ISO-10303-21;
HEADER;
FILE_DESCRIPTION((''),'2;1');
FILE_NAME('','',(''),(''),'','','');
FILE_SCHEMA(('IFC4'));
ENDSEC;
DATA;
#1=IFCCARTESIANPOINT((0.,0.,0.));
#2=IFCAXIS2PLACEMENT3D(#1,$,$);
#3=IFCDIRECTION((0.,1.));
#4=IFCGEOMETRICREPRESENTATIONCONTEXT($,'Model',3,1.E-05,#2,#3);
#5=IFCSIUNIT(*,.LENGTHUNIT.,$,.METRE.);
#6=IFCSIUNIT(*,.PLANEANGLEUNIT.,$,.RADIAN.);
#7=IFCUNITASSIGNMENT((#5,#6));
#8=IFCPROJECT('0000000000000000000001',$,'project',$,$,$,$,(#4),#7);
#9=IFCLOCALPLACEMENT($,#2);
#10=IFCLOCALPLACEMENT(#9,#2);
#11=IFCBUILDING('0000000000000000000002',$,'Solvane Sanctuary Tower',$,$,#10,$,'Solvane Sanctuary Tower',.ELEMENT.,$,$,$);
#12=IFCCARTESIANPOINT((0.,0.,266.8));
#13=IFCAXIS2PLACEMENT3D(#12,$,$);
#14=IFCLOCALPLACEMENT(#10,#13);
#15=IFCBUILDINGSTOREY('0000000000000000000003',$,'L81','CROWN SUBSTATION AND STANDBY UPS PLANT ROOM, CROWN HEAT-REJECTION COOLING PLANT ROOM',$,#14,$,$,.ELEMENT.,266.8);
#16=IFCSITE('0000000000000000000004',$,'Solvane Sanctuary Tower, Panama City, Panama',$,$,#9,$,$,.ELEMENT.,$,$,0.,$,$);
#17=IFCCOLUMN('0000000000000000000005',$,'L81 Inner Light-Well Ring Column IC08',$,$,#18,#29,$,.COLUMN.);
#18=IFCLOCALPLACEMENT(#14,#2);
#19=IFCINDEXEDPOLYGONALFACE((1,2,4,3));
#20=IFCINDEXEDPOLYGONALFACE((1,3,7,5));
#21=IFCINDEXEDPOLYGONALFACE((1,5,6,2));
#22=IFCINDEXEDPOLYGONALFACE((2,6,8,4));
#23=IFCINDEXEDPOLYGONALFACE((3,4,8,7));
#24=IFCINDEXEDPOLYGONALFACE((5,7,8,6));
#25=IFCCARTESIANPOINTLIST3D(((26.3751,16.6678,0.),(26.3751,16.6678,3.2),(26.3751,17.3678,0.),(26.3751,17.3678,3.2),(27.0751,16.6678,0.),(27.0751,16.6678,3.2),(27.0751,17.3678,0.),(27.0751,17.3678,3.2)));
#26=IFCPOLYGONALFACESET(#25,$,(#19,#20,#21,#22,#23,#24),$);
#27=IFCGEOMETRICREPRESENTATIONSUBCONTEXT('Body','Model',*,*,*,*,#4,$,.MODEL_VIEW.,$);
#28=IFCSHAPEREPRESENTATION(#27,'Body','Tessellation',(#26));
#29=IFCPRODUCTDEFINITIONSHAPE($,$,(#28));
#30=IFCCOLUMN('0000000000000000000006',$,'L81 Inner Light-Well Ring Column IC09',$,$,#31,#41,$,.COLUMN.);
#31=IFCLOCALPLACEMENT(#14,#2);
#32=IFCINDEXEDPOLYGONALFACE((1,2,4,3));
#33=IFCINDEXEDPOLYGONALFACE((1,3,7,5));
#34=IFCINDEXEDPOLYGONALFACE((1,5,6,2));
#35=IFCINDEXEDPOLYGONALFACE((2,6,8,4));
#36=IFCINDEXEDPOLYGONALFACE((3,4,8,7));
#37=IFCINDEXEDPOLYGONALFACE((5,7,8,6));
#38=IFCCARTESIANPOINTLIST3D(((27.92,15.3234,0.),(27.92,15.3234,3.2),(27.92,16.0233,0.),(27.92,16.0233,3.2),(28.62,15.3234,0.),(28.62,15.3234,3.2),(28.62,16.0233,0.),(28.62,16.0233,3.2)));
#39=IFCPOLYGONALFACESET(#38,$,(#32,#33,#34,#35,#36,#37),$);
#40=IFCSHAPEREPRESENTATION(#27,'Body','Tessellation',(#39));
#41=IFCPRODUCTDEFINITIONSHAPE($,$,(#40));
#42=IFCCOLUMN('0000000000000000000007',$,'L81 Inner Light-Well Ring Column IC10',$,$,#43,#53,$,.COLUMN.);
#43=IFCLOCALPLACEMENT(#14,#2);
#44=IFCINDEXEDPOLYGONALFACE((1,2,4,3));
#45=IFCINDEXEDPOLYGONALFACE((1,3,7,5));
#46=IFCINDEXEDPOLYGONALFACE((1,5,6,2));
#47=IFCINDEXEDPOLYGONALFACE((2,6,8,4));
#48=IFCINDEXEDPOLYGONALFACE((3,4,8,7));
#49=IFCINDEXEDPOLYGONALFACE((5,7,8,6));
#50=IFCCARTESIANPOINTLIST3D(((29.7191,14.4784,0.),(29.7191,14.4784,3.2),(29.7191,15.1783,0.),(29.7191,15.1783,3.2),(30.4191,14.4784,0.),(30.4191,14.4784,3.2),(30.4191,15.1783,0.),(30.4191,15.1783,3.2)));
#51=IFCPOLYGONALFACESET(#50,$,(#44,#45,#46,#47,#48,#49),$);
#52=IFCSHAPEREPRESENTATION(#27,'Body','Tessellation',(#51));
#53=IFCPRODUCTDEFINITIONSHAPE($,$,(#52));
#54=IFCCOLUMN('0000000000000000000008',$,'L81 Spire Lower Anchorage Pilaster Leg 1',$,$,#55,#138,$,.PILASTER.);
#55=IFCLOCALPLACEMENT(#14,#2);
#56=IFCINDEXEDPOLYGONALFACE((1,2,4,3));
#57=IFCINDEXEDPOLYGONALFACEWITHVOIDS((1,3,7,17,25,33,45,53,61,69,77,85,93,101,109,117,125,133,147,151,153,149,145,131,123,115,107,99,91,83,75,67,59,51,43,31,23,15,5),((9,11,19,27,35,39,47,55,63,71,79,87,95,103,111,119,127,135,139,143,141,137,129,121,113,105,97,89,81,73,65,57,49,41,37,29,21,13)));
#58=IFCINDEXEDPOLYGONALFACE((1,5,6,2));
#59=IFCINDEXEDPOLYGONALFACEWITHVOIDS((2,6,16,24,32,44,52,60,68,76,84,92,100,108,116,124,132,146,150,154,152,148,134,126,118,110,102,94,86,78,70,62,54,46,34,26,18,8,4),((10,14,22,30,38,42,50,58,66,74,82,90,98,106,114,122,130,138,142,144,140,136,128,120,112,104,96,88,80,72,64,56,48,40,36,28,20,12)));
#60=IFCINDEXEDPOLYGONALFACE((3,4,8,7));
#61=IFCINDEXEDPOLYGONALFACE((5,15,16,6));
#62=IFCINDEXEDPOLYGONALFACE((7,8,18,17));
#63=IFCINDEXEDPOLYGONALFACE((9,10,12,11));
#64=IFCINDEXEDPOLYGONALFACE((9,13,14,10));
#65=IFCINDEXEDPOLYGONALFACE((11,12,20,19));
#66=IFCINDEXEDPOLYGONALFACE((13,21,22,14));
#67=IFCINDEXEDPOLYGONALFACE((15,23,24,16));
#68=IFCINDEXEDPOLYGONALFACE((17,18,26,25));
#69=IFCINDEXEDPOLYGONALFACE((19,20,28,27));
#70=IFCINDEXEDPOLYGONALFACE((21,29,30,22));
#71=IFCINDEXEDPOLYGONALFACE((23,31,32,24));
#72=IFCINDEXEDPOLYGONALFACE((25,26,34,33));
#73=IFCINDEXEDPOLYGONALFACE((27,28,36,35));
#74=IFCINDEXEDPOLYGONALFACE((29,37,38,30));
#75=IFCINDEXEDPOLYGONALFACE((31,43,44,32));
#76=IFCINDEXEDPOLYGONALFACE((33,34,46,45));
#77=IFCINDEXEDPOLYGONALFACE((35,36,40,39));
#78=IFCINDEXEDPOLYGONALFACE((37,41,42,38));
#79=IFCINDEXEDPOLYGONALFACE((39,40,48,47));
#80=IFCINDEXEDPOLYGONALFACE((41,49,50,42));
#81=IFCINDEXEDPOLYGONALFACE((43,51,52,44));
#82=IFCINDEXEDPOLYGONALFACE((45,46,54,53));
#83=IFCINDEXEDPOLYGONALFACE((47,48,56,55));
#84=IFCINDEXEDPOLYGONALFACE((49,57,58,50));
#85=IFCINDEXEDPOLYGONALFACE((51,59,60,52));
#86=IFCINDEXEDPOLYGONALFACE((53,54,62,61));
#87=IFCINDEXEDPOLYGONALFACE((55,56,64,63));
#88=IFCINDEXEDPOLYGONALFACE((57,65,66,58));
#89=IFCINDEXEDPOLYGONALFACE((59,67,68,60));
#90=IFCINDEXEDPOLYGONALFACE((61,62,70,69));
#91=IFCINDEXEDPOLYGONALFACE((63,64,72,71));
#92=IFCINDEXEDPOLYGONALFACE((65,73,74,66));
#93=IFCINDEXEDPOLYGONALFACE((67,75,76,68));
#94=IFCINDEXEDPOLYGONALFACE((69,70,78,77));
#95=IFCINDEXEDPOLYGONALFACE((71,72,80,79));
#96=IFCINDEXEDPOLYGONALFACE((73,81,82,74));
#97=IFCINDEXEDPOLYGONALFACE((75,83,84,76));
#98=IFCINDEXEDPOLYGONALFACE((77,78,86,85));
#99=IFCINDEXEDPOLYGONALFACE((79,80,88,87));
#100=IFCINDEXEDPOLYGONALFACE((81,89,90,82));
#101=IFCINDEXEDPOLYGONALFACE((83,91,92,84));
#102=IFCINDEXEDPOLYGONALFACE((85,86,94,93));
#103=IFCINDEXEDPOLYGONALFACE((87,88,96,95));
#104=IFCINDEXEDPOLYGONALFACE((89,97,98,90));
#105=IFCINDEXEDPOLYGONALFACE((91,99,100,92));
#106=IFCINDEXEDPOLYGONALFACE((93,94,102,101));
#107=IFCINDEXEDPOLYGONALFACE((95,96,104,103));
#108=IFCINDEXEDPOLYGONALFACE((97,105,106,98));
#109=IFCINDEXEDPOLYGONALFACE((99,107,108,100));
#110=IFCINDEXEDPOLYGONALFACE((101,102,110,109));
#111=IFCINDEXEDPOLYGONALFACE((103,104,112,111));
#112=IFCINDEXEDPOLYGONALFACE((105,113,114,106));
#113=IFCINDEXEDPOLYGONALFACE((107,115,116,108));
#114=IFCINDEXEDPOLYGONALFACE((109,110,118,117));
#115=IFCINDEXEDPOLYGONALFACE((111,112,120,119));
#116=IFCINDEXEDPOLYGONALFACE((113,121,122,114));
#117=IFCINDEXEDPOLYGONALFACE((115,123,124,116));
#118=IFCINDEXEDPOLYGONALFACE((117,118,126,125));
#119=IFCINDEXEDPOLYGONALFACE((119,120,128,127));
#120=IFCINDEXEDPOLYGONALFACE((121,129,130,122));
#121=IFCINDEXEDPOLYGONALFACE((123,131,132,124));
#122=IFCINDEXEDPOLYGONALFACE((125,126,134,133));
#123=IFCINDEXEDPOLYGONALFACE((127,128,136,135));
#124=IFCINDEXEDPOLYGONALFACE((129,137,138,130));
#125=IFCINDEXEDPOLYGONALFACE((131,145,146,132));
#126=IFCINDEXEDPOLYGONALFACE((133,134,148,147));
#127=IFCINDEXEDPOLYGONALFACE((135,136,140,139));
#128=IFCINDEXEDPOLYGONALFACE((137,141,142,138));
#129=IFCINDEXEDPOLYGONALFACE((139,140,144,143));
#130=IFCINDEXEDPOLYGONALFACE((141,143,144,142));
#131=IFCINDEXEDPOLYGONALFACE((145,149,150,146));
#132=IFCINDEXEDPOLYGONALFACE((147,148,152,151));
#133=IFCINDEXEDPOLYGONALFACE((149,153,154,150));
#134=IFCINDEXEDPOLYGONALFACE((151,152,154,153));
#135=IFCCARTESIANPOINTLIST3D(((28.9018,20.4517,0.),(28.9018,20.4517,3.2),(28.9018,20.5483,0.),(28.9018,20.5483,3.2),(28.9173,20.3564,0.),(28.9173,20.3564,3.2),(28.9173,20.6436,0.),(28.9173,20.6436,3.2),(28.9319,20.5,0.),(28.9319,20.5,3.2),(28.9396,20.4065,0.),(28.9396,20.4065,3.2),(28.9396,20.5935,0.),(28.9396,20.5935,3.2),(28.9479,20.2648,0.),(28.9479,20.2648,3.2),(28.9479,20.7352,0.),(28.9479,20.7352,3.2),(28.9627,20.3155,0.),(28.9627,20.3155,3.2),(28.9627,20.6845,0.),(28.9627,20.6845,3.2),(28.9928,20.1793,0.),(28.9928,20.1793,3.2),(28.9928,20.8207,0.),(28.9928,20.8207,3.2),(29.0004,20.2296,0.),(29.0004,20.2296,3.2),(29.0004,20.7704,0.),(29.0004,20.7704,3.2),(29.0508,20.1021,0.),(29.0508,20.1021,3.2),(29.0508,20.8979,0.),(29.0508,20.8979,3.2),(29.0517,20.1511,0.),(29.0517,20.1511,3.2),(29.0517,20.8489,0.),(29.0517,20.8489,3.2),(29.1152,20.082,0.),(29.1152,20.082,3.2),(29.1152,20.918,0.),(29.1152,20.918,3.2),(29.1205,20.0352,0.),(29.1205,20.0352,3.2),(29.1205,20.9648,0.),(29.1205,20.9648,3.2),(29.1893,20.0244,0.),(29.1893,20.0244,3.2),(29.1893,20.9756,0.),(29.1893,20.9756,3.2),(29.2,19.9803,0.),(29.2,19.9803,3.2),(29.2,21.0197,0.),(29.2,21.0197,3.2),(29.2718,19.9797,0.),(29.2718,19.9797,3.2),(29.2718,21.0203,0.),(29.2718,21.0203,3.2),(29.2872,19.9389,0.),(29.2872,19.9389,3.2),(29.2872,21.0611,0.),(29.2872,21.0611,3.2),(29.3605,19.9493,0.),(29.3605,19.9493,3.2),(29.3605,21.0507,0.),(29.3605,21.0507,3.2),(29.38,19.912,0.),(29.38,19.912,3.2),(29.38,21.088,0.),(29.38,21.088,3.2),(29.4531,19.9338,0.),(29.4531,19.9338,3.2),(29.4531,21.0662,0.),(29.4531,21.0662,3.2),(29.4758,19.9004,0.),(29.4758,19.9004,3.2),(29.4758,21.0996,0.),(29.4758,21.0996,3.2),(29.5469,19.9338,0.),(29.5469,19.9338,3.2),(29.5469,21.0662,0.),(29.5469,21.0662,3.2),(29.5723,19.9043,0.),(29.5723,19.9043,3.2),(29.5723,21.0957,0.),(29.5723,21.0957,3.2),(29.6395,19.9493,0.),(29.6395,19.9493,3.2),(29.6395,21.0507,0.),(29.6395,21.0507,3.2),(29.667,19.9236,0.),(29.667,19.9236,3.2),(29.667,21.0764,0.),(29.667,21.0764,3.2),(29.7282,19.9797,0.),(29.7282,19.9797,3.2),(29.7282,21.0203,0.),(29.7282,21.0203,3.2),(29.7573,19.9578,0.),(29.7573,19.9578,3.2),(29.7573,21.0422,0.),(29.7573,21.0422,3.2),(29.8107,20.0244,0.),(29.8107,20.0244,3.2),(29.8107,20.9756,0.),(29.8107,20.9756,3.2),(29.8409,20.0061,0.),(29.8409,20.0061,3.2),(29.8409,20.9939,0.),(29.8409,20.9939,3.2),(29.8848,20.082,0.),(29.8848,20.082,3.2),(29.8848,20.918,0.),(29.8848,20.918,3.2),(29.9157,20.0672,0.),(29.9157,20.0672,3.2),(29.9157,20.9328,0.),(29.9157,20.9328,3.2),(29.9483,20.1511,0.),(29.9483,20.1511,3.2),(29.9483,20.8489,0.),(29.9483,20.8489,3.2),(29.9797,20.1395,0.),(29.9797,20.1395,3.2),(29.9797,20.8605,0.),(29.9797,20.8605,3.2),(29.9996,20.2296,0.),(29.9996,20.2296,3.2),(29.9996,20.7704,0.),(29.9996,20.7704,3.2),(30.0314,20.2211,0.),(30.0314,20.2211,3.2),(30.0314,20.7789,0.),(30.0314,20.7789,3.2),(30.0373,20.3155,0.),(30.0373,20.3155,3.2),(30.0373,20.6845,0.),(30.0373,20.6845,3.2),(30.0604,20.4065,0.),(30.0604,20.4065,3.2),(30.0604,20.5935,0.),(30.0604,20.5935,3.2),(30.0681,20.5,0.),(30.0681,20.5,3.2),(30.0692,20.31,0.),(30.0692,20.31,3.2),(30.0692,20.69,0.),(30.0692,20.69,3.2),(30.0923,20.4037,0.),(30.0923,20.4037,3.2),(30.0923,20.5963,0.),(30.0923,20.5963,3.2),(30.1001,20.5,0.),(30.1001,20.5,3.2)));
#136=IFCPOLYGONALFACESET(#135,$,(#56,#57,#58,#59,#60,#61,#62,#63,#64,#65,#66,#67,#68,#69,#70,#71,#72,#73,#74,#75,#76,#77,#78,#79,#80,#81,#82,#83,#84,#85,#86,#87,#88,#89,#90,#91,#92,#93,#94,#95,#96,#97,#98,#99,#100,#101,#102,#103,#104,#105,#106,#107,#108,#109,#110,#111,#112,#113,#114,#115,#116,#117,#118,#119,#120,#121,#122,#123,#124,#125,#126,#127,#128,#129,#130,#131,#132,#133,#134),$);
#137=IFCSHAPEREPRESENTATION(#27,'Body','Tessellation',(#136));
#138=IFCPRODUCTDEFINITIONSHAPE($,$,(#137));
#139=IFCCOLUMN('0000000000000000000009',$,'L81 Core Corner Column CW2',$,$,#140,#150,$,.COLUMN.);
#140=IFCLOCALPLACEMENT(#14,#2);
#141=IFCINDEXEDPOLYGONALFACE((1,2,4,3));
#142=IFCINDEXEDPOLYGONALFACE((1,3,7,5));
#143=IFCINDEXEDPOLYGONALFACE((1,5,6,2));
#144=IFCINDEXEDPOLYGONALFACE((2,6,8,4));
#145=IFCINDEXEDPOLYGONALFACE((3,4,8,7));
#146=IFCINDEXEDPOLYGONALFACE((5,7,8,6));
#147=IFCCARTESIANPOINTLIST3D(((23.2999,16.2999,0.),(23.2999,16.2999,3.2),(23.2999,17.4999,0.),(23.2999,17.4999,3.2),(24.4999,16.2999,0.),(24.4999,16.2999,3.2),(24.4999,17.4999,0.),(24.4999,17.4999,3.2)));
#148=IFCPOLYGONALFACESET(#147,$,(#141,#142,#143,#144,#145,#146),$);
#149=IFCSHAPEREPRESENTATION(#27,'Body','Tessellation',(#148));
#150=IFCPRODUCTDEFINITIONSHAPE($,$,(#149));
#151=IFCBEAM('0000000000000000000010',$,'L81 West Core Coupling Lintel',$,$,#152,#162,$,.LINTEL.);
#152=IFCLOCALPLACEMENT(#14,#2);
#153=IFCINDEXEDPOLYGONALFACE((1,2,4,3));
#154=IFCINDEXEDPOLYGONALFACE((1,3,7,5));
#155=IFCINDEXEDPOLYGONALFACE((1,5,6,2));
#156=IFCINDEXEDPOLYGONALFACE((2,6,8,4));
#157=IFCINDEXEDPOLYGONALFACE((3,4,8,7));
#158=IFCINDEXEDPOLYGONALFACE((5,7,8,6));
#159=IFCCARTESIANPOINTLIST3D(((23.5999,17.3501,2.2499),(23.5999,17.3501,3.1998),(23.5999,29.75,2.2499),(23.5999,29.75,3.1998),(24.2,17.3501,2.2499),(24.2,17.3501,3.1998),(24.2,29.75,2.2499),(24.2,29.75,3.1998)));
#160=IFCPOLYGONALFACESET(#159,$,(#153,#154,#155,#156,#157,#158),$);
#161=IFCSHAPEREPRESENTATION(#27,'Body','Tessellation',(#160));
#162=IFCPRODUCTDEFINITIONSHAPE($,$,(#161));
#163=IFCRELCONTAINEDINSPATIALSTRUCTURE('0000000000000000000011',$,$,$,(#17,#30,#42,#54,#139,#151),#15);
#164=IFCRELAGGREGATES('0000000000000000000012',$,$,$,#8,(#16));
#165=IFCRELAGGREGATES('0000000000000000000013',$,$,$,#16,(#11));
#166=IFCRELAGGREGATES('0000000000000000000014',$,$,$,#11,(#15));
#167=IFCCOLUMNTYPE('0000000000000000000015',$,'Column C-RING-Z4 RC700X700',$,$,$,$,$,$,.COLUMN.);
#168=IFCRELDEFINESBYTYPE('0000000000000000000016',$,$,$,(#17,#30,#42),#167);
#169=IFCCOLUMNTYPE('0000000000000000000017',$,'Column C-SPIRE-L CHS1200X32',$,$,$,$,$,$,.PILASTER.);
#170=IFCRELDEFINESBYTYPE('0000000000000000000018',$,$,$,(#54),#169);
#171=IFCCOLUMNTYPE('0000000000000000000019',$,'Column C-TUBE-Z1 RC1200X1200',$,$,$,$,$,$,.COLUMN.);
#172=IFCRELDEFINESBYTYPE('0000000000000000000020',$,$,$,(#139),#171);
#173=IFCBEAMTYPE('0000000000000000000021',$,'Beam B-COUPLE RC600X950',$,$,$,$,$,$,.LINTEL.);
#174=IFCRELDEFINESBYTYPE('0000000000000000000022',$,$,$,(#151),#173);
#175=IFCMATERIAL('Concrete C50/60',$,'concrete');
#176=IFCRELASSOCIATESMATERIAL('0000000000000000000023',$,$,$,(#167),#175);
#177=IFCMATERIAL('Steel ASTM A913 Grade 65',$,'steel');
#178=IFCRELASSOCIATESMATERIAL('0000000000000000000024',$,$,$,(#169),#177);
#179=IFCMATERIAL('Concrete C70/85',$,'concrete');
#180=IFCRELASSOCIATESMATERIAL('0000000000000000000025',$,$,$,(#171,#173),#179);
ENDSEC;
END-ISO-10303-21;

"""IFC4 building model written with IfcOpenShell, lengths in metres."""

from ifc_helpers import new_model, si_unit, direction, frame, origin, origin_2d, place, context, subcontext, project, spatial, rectangle, hollow_circle, extrude, material, material_profile, profile_set, type_object, element, save


model = new_model("IFC4")

# Units and contexts
model_context = context("Model", 3, precision=1e-05, world=origin(), true_north=direction((0.0, 1.0)))
body_context = subcontext(model_context, "Body", "Model", "MODEL_VIEW")
ifc_project = project(units=[si_unit("LENGTHUNIT", "METRE"), si_unit("PLANEANGLEUNIT", "RADIAN")], contexts=[model_context])

# Site, building, storey
site_placement = place(None, origin())
site = spatial("IfcSite", under=ifc_project, at=site_placement, Name="Solvane Sanctuary Tower, Panama City, Panama", CompositionType="ELEMENT", RefElevation=0.0)
building_placement = place(site_placement, origin())
building = spatial("IfcBuilding", under=site, at=building_placement, Name="Solvane Sanctuary Tower", LongName="Solvane Sanctuary Tower", CompositionType="ELEMENT")
storey_placement = place(building_placement, frame((0.0, 0.0, 266.8)))
storey = spatial("IfcBuildingStorey", under=building, at=storey_placement, Name="L81", Description="CROWN SUBSTATION AND STANDBY UPS PLANT ROOM, CROWN HEAT-REJECTION COOLING PLANT ROOM", CompositionType="ELEMENT", Elevation=266.8)

# Columns
ifc_material_1 = material(Name="Concrete C50/60", Category="concrete")
ifc_material_profile_1 = material_profile(ifc_material_1, rectangle(XDim=0.7, YDim=0.7, at=origin_2d()), Name="RC700X700")
ifc_profile_set_1 = profile_set([ifc_material_profile_1], Name="Concrete C50/60")
column_type_1 = type_object("IfcColumnType", Name="Column C-RING-Z4 RC700X700", PredefinedType="COLUMN", material=ifc_profile_set_1)
for number, where, z_axis, x_axis, name in (
    (1, (26.7251, 17.0178, 0.0), (0.0, 0.0, 1.0), (1.0, 0.0, 0.0), "L81 Inner Light-Well Ring Column IC08"),
    (2, (28.27, 15.6733, 0.0), (0.0, 0.0, 1.0), (1.0, 0.0, 0.0), "L81 Inner Light-Well Ring Column IC09"),
    (3, (30.0691, 14.8284, 0.0), (0.0, 0.0, 1.0), (1.0, 0.0, 0.0), "L81 Inner Light-Well Ring Column IC10"),
):
    element("IfcColumn", number, at=place(storey_placement, frame(where, z_axis=z_axis, x_axis=x_axis)), inside=storey, type_object=column_type_1, Name=name, PredefinedType="COLUMN", context=body_context, shape_type="SweptSolid", body=[
        extrude(rectangle(XDim=0.7, YDim=0.7, at=origin_2d()), origin(), (0.0, 0.0, 1.0), 3.2),
    ])
ifc_material_2 = material(Name="Steel ASTM A913 Grade 65", Category="steel")
ifc_material_profile_2 = material_profile(ifc_material_2, hollow_circle(Radius=0.6001, WallThickness=0.032, at=origin_2d()), Name="CHS1200X32")
ifc_profile_set_2 = profile_set([ifc_material_profile_2], Name="Steel ASTM A913 Grade 65")
column_type_2 = type_object("IfcColumnType", Name="Column C-SPIRE-L CHS1200X32", PredefinedType="PILASTER", material=ifc_profile_set_2)
column_1_placement = place(storey_placement, frame((29.5, 20.5, 0.0), z_axis=(0.0, 0.0, 1.0), x_axis=(1.0, 0.0, 0.0)))
element("IfcColumn", 4, at=column_1_placement, inside=storey, type_object=column_type_2, Name="L81 Spire Lower Anchorage Pilaster Leg 1", PredefinedType="PILASTER", context=body_context, shape_type="SweptSolid", body=[
    extrude(hollow_circle(Radius=0.6001, WallThickness=0.032, at=origin_2d()), origin(), (0.0, 0.0, 1.0), 3.2),
])
ifc_material_3 = material(Name="Concrete C70/85", Category="concrete")
ifc_material_profile_3 = material_profile(ifc_material_3, rectangle(XDim=1.2, YDim=1.2, at=origin_2d()), Name="RC1200X1200")
ifc_profile_set_3 = profile_set([ifc_material_profile_3], Name="Concrete C70/85")
column_type_3 = type_object("IfcColumnType", Name="Column C-TUBE-Z1 RC1200X1200", PredefinedType="COLUMN", material=ifc_profile_set_3)
column_2_placement = place(storey_placement, frame((23.8999, 16.8999, 0.0), z_axis=(0.0, 0.0, 1.0), x_axis=(1.0, 0.0, 0.0)))
element("IfcColumn", 5, at=column_2_placement, inside=storey, type_object=column_type_3, Name="L81 Core Corner Column CW2", PredefinedType="COLUMN", context=body_context, shape_type="SweptSolid", body=[
    extrude(rectangle(XDim=1.2, YDim=1.2, at=origin_2d()), origin(), (0.0, 0.0, 1.0), 3.2),
])

# Beam
ifc_material_profile_4 = material_profile(ifc_material_3, rectangle(XDim=0.6001, YDim=0.95, at=origin_2d()), Name="RC600X950")
ifc_profile_set_4 = profile_set([ifc_material_profile_4], Name="Concrete C70/85")
beam_type_1 = type_object("IfcBeamType", Name="Beam B-COUPLE RC600X950", PredefinedType="LINTEL", material=ifc_profile_set_4)
beam_1_placement = place(storey_placement, frame((23.8999, 17.3501, 2.7249), z_axis=(0.0, 1.0, 0.0), x_axis=(-1.0, 0.0, 0.0)))
element("IfcBeam", 6, at=beam_1_placement, inside=storey, type_object=beam_type_1, Name="L81 West Core Coupling Lintel", PredefinedType="LINTEL", context=body_context, shape_type="SweptSolid", body=[
    extrude(rectangle(XDim=0.6001, YDim=0.95, at=origin_2d()), origin(), (0.0, 0.0, 1.0), 12.3999),
])

save(model, "model.ifc")
